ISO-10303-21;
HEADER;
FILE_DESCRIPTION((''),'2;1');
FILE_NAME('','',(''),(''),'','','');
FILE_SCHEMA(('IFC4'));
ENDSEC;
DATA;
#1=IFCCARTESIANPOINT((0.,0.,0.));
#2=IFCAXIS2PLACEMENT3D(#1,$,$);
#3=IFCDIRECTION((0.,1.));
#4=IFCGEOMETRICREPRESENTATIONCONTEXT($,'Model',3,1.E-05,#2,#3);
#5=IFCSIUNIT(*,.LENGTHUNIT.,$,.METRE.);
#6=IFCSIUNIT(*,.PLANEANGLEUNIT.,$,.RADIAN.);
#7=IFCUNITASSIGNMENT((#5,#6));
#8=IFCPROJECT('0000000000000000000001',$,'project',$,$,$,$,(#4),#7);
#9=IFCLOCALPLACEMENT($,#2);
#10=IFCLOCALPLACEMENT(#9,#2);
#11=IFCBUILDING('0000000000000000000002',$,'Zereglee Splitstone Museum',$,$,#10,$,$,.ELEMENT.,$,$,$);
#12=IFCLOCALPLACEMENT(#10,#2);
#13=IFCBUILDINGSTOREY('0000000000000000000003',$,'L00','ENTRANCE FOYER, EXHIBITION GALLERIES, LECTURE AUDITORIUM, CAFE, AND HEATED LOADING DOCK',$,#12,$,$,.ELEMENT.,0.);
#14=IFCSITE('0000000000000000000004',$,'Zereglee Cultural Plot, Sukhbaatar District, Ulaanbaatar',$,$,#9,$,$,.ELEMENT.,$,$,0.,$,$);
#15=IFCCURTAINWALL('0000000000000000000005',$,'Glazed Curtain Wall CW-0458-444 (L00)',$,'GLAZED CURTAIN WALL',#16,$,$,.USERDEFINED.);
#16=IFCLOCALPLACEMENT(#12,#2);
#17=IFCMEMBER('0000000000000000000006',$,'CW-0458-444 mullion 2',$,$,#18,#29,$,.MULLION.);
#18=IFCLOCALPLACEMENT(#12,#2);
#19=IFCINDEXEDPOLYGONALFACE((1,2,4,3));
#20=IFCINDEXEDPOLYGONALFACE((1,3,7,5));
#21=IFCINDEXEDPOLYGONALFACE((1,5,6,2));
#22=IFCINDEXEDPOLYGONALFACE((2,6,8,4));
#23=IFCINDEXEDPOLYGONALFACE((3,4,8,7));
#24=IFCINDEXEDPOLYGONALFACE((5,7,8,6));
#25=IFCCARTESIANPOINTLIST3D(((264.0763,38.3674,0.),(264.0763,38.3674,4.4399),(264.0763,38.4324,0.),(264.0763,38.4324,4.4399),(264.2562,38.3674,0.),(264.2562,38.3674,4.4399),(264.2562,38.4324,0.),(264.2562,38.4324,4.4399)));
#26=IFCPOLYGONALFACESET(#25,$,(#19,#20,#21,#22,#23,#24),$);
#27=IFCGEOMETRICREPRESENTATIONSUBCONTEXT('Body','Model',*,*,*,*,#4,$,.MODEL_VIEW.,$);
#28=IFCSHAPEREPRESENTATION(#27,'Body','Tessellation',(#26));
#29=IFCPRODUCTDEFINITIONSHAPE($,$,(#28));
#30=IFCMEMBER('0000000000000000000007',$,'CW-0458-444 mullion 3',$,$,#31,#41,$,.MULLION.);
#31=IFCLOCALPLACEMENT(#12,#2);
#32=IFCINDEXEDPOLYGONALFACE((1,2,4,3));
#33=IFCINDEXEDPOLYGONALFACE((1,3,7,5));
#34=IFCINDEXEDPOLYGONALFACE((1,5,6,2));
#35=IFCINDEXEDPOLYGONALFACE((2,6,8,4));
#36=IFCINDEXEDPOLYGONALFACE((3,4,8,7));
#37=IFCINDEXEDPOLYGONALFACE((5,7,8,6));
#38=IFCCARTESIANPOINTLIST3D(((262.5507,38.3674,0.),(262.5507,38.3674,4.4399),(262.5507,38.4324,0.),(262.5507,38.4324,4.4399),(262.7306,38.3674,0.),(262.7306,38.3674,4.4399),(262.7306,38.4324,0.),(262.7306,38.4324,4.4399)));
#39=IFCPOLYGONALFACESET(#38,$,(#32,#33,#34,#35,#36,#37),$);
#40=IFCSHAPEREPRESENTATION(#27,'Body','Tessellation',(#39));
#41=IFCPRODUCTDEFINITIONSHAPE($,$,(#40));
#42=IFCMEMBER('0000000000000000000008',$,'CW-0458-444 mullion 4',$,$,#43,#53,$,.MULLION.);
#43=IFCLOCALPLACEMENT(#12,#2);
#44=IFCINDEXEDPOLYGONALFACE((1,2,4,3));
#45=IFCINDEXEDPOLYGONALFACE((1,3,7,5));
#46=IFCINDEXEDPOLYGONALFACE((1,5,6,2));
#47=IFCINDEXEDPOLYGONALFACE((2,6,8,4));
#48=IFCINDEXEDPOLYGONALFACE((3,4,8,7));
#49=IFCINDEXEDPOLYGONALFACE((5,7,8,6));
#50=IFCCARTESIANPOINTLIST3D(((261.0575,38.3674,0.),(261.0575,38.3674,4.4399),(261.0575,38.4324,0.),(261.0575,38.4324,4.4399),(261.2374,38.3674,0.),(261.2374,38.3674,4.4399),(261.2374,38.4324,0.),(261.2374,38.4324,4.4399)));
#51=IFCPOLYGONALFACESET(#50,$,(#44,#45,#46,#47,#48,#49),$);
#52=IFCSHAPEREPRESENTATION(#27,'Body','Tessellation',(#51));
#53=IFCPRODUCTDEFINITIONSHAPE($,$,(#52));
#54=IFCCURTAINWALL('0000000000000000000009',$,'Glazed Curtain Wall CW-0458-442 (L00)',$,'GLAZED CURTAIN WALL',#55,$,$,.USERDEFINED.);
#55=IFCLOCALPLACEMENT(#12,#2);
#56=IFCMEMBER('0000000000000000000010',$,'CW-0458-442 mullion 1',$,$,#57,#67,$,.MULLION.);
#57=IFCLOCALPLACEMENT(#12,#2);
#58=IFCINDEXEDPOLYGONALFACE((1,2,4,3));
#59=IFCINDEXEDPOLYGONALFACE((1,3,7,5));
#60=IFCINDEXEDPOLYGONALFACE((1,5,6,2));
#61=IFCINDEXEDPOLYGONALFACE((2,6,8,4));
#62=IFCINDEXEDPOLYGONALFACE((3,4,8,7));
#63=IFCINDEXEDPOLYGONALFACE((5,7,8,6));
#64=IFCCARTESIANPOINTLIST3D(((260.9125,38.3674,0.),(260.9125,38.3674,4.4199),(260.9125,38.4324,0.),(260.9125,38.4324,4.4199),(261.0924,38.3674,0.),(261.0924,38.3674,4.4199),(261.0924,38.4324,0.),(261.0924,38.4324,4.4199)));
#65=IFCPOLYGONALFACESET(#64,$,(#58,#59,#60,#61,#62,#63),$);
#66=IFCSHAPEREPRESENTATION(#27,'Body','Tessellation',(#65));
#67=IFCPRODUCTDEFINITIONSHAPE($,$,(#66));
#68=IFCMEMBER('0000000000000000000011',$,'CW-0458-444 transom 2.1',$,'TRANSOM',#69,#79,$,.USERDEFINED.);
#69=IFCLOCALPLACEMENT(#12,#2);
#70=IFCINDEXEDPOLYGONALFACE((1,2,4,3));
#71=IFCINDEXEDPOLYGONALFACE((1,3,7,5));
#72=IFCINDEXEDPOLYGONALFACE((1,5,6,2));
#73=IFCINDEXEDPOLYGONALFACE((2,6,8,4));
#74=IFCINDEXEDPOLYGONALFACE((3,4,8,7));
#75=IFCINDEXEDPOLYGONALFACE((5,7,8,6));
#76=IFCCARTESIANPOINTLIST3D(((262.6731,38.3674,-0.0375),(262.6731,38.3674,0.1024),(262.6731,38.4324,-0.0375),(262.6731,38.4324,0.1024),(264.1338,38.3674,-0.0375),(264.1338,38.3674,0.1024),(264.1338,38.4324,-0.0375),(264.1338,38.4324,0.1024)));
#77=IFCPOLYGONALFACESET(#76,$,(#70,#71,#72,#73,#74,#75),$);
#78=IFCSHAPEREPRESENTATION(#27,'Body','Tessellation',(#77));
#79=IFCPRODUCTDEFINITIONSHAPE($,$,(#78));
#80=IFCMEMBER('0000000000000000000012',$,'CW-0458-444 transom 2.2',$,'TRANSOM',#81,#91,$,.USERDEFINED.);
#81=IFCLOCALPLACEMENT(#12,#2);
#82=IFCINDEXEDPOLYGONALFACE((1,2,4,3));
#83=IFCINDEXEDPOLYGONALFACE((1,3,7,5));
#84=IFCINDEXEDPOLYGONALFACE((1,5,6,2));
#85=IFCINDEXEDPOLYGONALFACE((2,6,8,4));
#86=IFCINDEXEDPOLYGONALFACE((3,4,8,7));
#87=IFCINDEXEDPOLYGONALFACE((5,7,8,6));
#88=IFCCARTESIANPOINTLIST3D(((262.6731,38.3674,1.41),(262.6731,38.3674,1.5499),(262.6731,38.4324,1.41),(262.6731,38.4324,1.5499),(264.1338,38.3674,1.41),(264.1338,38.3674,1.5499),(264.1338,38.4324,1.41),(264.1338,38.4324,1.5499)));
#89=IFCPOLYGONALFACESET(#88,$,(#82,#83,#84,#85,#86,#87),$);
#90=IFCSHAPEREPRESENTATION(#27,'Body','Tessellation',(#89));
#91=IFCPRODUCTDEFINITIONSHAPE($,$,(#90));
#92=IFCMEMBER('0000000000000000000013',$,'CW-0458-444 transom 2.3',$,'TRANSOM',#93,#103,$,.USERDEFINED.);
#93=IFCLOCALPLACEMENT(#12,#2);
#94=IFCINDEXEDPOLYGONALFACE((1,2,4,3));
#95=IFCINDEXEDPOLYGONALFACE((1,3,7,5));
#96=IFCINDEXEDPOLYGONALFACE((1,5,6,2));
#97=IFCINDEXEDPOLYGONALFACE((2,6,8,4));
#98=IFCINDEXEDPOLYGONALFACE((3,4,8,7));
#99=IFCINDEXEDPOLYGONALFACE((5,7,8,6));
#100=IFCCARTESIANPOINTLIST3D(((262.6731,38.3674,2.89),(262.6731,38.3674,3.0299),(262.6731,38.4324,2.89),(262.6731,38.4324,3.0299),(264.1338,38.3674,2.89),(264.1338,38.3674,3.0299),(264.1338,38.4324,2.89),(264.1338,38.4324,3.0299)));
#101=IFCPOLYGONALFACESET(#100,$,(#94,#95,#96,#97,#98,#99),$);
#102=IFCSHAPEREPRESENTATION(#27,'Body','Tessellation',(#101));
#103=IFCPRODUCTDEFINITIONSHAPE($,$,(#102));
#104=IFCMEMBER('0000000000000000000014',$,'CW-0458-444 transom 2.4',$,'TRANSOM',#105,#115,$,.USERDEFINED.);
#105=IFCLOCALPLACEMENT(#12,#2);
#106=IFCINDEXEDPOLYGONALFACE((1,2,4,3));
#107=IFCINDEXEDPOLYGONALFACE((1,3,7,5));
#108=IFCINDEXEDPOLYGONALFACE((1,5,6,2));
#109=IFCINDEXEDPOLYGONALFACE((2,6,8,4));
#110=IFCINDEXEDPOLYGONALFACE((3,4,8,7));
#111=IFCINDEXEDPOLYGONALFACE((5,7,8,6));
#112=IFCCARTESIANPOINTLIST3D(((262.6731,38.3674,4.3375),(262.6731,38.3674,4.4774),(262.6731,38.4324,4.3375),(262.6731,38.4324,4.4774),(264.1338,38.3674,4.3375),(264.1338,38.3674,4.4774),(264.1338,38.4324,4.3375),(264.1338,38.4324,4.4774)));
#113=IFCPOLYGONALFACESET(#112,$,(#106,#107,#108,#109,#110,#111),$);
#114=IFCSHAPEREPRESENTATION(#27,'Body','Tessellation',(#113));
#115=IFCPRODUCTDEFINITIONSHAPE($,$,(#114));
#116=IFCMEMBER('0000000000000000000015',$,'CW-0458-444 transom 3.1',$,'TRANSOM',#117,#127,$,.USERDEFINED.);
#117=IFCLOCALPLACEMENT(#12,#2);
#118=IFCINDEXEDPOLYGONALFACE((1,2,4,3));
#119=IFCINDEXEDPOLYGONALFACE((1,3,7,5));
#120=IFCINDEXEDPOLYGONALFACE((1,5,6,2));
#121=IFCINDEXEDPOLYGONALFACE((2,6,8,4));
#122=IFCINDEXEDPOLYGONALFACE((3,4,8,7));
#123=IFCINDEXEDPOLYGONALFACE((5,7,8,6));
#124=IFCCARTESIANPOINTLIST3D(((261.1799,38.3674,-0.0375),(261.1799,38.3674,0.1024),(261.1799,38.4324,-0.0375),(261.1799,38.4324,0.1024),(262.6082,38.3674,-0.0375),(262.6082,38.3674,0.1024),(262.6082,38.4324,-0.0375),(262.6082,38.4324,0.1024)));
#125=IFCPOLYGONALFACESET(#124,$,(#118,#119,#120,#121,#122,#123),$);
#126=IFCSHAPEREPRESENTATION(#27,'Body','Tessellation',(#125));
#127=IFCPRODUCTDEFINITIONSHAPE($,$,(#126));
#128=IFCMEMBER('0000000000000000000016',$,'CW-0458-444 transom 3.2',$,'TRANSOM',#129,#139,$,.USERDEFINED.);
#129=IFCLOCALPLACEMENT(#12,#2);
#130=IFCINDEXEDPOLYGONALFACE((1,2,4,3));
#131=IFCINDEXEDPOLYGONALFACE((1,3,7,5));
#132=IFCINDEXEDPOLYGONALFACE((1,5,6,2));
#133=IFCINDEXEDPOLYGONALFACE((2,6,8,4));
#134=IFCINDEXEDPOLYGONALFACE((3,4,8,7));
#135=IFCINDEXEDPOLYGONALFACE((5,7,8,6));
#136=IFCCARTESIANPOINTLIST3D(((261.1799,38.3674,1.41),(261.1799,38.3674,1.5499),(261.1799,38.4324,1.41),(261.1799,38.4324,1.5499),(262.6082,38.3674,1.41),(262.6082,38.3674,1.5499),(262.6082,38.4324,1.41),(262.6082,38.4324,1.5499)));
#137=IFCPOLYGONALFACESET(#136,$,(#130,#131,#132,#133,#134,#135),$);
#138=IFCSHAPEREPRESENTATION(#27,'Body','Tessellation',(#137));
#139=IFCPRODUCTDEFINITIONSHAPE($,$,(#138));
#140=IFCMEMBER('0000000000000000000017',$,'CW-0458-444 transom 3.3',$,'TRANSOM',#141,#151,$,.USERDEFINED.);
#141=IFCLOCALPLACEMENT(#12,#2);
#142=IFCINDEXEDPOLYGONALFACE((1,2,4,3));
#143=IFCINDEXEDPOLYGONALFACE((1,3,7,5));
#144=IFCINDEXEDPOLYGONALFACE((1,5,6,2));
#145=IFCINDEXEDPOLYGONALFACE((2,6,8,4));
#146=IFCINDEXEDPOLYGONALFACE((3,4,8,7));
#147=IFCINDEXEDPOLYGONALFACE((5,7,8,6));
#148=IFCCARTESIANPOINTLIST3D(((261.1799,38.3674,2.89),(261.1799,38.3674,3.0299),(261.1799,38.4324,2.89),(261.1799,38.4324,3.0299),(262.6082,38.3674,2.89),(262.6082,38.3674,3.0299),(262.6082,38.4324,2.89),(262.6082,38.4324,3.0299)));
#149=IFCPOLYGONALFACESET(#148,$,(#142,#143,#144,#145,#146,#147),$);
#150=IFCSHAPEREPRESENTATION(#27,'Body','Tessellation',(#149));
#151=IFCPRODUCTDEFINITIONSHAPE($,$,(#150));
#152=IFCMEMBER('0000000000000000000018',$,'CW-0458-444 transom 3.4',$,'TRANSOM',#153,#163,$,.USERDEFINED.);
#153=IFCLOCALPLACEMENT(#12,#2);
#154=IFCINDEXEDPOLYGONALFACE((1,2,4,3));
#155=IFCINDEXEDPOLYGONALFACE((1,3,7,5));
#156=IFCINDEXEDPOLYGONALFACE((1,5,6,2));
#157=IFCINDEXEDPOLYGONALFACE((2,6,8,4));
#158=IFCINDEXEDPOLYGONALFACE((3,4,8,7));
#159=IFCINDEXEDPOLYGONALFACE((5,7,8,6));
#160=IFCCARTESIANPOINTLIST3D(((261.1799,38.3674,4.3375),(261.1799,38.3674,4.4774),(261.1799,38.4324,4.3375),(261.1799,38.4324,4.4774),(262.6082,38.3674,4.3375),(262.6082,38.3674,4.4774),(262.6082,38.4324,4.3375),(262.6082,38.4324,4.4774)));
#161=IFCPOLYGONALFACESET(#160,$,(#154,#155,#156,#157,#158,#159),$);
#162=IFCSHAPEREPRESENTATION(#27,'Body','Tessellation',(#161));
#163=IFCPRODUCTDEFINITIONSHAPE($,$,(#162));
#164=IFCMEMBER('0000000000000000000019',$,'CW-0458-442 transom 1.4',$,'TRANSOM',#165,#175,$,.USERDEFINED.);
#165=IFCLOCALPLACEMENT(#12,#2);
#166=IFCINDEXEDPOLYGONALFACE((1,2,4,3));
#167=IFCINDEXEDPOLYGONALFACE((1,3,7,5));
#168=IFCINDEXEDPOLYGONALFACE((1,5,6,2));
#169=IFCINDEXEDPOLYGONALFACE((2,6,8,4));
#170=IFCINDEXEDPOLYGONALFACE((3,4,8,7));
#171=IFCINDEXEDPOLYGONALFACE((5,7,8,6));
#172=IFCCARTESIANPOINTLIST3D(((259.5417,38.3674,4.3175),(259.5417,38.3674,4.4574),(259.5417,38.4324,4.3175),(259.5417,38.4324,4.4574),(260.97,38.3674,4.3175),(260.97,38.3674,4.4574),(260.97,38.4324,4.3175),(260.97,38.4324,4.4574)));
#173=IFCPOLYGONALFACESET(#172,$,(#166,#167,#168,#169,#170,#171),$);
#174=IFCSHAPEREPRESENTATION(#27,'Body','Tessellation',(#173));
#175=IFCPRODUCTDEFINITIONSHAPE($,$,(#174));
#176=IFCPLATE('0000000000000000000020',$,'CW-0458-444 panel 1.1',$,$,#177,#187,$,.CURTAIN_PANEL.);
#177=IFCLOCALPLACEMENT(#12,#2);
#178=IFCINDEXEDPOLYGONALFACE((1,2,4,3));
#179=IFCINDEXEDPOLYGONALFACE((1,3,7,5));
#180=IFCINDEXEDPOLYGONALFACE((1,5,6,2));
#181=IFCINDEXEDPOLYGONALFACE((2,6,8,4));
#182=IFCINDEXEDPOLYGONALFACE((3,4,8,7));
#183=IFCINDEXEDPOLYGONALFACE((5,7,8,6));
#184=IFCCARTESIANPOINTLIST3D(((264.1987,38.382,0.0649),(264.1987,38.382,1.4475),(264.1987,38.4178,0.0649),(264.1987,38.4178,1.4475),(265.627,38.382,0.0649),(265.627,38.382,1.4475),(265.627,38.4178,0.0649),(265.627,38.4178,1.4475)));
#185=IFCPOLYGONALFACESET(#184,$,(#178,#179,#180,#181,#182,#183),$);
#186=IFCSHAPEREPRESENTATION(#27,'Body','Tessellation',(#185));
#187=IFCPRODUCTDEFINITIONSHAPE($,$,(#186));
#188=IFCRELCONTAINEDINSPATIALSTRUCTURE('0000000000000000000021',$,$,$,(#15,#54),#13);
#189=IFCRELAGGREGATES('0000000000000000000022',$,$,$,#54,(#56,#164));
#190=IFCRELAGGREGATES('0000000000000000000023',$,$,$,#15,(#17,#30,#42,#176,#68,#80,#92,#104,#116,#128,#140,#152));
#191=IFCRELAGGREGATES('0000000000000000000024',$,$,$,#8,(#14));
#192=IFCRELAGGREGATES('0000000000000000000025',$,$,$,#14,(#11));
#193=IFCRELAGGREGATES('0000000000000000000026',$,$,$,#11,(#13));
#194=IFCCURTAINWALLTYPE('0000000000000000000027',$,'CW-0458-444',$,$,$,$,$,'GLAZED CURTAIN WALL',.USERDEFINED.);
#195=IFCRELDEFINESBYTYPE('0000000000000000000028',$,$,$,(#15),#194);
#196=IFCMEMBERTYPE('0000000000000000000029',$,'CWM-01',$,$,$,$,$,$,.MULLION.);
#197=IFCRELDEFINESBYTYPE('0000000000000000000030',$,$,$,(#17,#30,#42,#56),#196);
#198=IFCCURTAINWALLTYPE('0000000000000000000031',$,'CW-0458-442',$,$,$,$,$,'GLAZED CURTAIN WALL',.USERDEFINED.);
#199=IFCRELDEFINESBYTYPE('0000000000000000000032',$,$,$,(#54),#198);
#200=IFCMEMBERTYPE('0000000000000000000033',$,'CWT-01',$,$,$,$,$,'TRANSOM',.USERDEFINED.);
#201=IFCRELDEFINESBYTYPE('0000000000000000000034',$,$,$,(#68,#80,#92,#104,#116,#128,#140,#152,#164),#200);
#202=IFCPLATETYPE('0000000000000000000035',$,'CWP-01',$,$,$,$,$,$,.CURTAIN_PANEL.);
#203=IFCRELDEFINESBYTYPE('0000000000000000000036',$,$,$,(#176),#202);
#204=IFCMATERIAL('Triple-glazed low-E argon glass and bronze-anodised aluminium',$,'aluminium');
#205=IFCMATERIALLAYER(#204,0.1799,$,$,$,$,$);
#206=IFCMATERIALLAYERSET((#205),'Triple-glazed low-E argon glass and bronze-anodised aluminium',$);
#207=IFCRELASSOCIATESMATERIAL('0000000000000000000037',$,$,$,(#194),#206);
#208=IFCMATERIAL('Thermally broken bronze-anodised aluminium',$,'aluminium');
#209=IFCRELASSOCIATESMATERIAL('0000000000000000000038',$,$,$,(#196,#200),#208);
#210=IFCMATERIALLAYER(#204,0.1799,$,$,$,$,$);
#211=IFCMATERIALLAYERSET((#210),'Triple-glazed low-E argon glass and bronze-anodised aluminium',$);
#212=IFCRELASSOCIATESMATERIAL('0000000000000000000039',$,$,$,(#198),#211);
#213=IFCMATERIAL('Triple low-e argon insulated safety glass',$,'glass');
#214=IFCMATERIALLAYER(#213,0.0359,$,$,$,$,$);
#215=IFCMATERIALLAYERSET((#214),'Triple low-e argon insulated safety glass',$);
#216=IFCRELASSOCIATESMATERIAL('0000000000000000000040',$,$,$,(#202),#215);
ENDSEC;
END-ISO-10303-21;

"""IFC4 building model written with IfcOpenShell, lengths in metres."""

from ifc_helpers import new_model, si_unit, direction, frame, origin, origin_2d, place, context, subcontext, project, spatial, rectangle, extrude, material, layer, layer_set, material_profile, profile_set, type_object, element, aggregate, save


model = new_model("IFC4")

# Units and contexts
model_context = context("Model", 3, precision=1e-05, world=origin(), true_north=direction((0.0, 1.0)))
body_context = subcontext(model_context, "Body", "Model", "MODEL_VIEW")
ifc_project = project(units=[si_unit("LENGTHUNIT", "METRE"), si_unit("PLANEANGLEUNIT", "RADIAN")], contexts=[model_context])

# Site, building, storey
site_placement = place(None, origin())
site = spatial("IfcSite", under=ifc_project, at=site_placement, Name="Zereglee Cultural Plot, Sukhbaatar District, Ulaanbaatar", CompositionType="ELEMENT", RefElevation=0.0)
building_placement = place(site_placement, origin())
building = spatial("IfcBuilding", under=site, at=building_placement, Name="Zereglee Splitstone Museum", CompositionType="ELEMENT")
storey_placement = place(building_placement, origin())
storey = spatial("IfcBuildingStorey", under=building, at=storey_placement, Name="L00", Description="ENTRANCE FOYER, EXHIBITION GALLERIES, LECTURE AUDITORIUM, CAFE, AND HEATED LOADING DOCK", CompositionType="ELEMENT", Elevation=0.0)

# Curtain wall, members
ifc_material_1 = material(Name="Triple-glazed low-E argon glass and bronze-anodised aluminium", Category="aluminium")
ifc_layer_1 = layer(ifc_material_1, 0.1799)
ifc_layer_set_1 = layer_set([ifc_layer_1], Name="Triple-glazed low-E argon glass and bronze-anodised aluminium")
curtain_wall_type_1 = type_object("IfcCurtainWallType", Name="CW-0458-444", ElementType="GLAZED CURTAIN WALL", PredefinedType="USERDEFINED", material=ifc_layer_set_1)
curtain_wall_1_placement = place(storey_placement, origin())
curtain_wall_1 = element("IfcCurtainWall", 1, at=curtain_wall_1_placement, inside=storey, type_object=curtain_wall_type_1, Name="Glazed Curtain Wall CW-0458-444 (L00)", ObjectType="GLAZED CURTAIN WALL", PredefinedType="USERDEFINED")
ifc_material_2 = material(Name="Thermally broken bronze-anodised aluminium", Category="aluminium")
ifc_material_profile_1 = material_profile(ifc_material_2, rectangle(XDim=0.0649, YDim=0.1799, at=origin_2d()), Name="CW MULL 65x180")
ifc_profile_set_1 = profile_set([ifc_material_profile_1], Name="Thermally broken bronze-anodised aluminium")
member_type_1 = type_object("IfcMemberType", Name="CWM-01", PredefinedType="MULLION", material=ifc_profile_set_1)
member_1_placement = place(storey_placement, frame((264.1663, 38.3999, 0.0), z_axis=(0.0, 0.0, 1.0), x_axis=(0.0, -1.0, 0.0)))
member_1 = element("IfcMember", 2, at=member_1_placement, type_object=member_type_1, Name="CW-0458-444 mullion 2", PredefinedType="MULLION", context=body_context, shape_type="SweptSolid", body=[
    extrude(rectangle(XDim=0.0649, YDim=0.1799, at=origin_2d()), origin(), (0.0, 0.0, 1.0), 4.4399),
])
member_2_placement = place(storey_placement, frame((262.6406, 38.3999, 0.0), z_axis=(0.0, 0.0, 1.0), x_axis=(0.0, -1.0, 0.0)))
member_2 = element("IfcMember", 3, at=member_2_placement, type_object=member_type_1, Name="CW-0458-444 mullion 3", PredefinedType="MULLION", context=body_context, shape_type="SweptSolid", body=[
    extrude(rectangle(XDim=0.0649, YDim=0.1799, at=origin_2d()), origin(), (0.0, 0.0, 1.0), 4.4399),
])
member_3_placement = place(storey_placement, frame((261.1475, 38.3999, 0.0), z_axis=(0.0, 0.0, 1.0), x_axis=(0.0, -1.0, 0.0)))
member_3 = element("IfcMember", 4, at=member_3_placement, type_object=member_type_1, Name="CW-0458-444 mullion 4", PredefinedType="MULLION", context=body_context, shape_type="SweptSolid", body=[
    extrude(rectangle(XDim=0.0649, YDim=0.1799, at=origin_2d()), origin(), (0.0, 0.0, 1.0), 4.4399),
])

# Curtain wall, member
ifc_layer_2 = layer(ifc_material_1, 0.1799)
ifc_layer_set_2 = layer_set([ifc_layer_2], Name="Triple-glazed low-E argon glass and bronze-anodised aluminium")
curtain_wall_type_2 = type_object("IfcCurtainWallType", Name="CW-0458-442", ElementType="GLAZED CURTAIN WALL", PredefinedType="USERDEFINED", material=ifc_layer_set_2)
curtain_wall_2_placement = place(storey_placement, origin())
curtain_wall_2 = element("IfcCurtainWall", 5, at=curtain_wall_2_placement, inside=storey, type_object=curtain_wall_type_2, Name="Glazed Curtain Wall CW-0458-442 (L00)", ObjectType="GLAZED CURTAIN WALL", PredefinedType="USERDEFINED")
member_4_placement = place(storey_placement, frame((261.0024, 38.3999, 0.0), z_axis=(0.0, 0.0, 1.0), x_axis=(0.0, -1.0, 0.0)))
member_4 = element("IfcMember", 6, at=member_4_placement, type_object=member_type_1, Name="CW-0458-442 mullion 1", PredefinedType="MULLION", context=body_context, shape_type="SweptSolid", body=[
    extrude(rectangle(XDim=0.0649, YDim=0.1799, at=origin_2d()), origin(), (0.0, 0.0, 1.0), 4.4199),
])

# Members
ifc_material_profile_2 = material_profile(ifc_material_2, rectangle(XDim=0.0649, YDim=0.1399, at=origin_2d()), Name="CW TRAN 65x140")
ifc_profile_set_2 = profile_set([ifc_material_profile_2], Name="Thermally broken bronze-anodised aluminium")
member_type_2 = type_object("IfcMemberType", Name="CWT-01", ElementType="TRANSOM", PredefinedType="USERDEFINED", material=ifc_profile_set_2)
member_5_placement = place(storey_placement, frame((264.1338, 38.3999, 0.0325), z_axis=(-1.0, 0.0, 0.0), x_axis=(0.0, -1.0, 0.0)))
member_5 = element("IfcMember", 7, at=member_5_placement, type_object=member_type_2, Name="CW-0458-444 transom 2.1", ObjectType="TRANSOM", PredefinedType="USERDEFINED", context=body_context, shape_type="SweptSolid", body=[
    extrude(rectangle(XDim=0.0649, YDim=0.1399, at=origin_2d()), origin(), (0.0, 0.0, 1.0), 1.4607),
])
member_6_placement = place(storey_placement, frame((264.1338, 38.3999, 1.48), z_axis=(-1.0, 0.0, 0.0), x_axis=(0.0, -1.0, 0.0)))
member_6 = element("IfcMember", 8, at=member_6_placement, type_object=member_type_2, Name="CW-0458-444 transom 2.2", ObjectType="TRANSOM", PredefinedType="USERDEFINED", context=body_context, shape_type="SweptSolid", body=[
    extrude(rectangle(XDim=0.0649, YDim=0.1399, at=origin_2d()), origin(), (0.0, 0.0, 1.0), 1.4607),
])
member_7_placement = place(storey_placement, frame((264.1338, 38.3999, 2.96), z_axis=(-1.0, 0.0, 0.0), x_axis=(0.0, -1.0, 0.0)))
member_7 = element("IfcMember", 9, at=member_7_placement, type_object=member_type_2, Name="CW-0458-444 transom 2.3", ObjectType="TRANSOM", PredefinedType="USERDEFINED", context=body_context, shape_type="SweptSolid", body=[
    extrude(rectangle(XDim=0.0649, YDim=0.1399, at=origin_2d()), origin(), (0.0, 0.0, 1.0), 1.4607),
])
member_8_placement = place(storey_placement, frame((264.1338, 38.3999, 4.4075), z_axis=(-1.0, 0.0, 0.0), x_axis=(0.0, -1.0, 0.0)))
member_8 = element("IfcMember", 10, at=member_8_placement, type_object=member_type_2, Name="CW-0458-444 transom 2.4", ObjectType="TRANSOM", PredefinedType="USERDEFINED", context=body_context, shape_type="SweptSolid", body=[
    extrude(rectangle(XDim=0.0649, YDim=0.1399, at=origin_2d()), origin(), (0.0, 0.0, 1.0), 1.4607),
])
member_9_placement = place(storey_placement, frame((262.6082, 38.3999, 0.0325), z_axis=(-1.0, 0.0, 0.0), x_axis=(0.0, -1.0, 0.0)))
member_9 = element("IfcMember", 11, at=member_9_placement, type_object=member_type_2, Name="CW-0458-444 transom 3.1", ObjectType="TRANSOM", PredefinedType="USERDEFINED", context=body_context, shape_type="SweptSolid", body=[
    extrude(rectangle(XDim=0.0649, YDim=0.1399, at=origin_2d()), origin(), (0.0, 0.0, 1.0), 1.4282),
])
member_10_placement = place(storey_placement, frame((262.6082, 38.3999, 1.48), z_axis=(-1.0, 0.0, 0.0), x_axis=(0.0, -1.0, 0.0)))
member_10 = element("IfcMember", 12, at=member_10_placement, type_object=member_type_2, Name="CW-0458-444 transom 3.2", ObjectType="TRANSOM", PredefinedType="USERDEFINED", context=body_context, shape_type="SweptSolid", body=[
    extrude(rectangle(XDim=0.0649, YDim=0.1399, at=origin_2d()), origin(), (0.0, 0.0, 1.0), 1.4282),
])
member_11_placement = place(storey_placement, frame((262.6082, 38.3999, 2.96), z_axis=(-1.0, 0.0, 0.0), x_axis=(0.0, -1.0, 0.0)))
member_11 = element("IfcMember", 13, at=member_11_placement, type_object=member_type_2, Name="CW-0458-444 transom 3.3", ObjectType="TRANSOM", PredefinedType="USERDEFINED", context=body_context, shape_type="SweptSolid", body=[
    extrude(rectangle(XDim=0.0649, YDim=0.1399, at=origin_2d()), origin(), (0.0, 0.0, 1.0), 1.4282),
])
member_12_placement = place(storey_placement, frame((262.6082, 38.3999, 4.4075), z_axis=(-1.0, 0.0, 0.0), x_axis=(0.0, -1.0, 0.0)))
member_12 = element("IfcMember", 14, at=member_12_placement, type_object=member_type_2, Name="CW-0458-444 transom 3.4", ObjectType="TRANSOM", PredefinedType="USERDEFINED", context=body_context, shape_type="SweptSolid", body=[
    extrude(rectangle(XDim=0.0649, YDim=0.1399, at=origin_2d()), origin(), (0.0, 0.0, 1.0), 1.4282),
])
member_13_placement = place(storey_placement, frame((260.97, 38.3999, 4.3875), z_axis=(-1.0, 0.0, 0.0), x_axis=(0.0, -1.0, 0.0)))
member_13 = element("IfcMember", 15, at=member_13_placement, type_object=member_type_2, Name="CW-0458-442 transom 1.4", ObjectType="TRANSOM", PredefinedType="USERDEFINED", context=body_context, shape_type="SweptSolid", body=[
    extrude(rectangle(XDim=0.0649, YDim=0.1399, at=origin_2d()), origin(), (0.0, 0.0, 1.0), 1.4282),
])
aggregate(curtain_wall_2, [member_4, member_13])

# Plate
ifc_material_3 = material(Name="Triple low-e argon insulated safety glass", Category="glass")
ifc_layer_3 = layer(ifc_material_3, 0.0359)
ifc_layer_set_3 = layer_set([ifc_layer_3], Name="Triple low-e argon insulated safety glass")
plate_type = type_object("IfcPlateType", Name="CWP-01", PredefinedType="CURTAIN_PANEL", material=ifc_layer_set_3)
plate_1_placement = place(storey_placement, frame((264.9128, 38.3999, 0.0649), z_axis=(0.0, 0.0, 1.0), x_axis=(-1.0, 0.0, 0.0)))
plate_1 = element("IfcPlate", 16, at=plate_1_placement, type_object=plate_type, Name="CW-0458-444 panel 1.1", PredefinedType="CURTAIN_PANEL", context=body_context, shape_type="SweptSolid", body=[
    extrude(rectangle(XDim=1.4282, YDim=0.0359, at=origin_2d()), origin(), (0.0, 0.0, 1.0), 1.3826),
])
aggregate(curtain_wall_1, [member_1, member_2, member_3, plate_1, member_5, member_6, member_7, member_8, member_9, member_10, member_11, member_12])

save(model, "model.ifc")
